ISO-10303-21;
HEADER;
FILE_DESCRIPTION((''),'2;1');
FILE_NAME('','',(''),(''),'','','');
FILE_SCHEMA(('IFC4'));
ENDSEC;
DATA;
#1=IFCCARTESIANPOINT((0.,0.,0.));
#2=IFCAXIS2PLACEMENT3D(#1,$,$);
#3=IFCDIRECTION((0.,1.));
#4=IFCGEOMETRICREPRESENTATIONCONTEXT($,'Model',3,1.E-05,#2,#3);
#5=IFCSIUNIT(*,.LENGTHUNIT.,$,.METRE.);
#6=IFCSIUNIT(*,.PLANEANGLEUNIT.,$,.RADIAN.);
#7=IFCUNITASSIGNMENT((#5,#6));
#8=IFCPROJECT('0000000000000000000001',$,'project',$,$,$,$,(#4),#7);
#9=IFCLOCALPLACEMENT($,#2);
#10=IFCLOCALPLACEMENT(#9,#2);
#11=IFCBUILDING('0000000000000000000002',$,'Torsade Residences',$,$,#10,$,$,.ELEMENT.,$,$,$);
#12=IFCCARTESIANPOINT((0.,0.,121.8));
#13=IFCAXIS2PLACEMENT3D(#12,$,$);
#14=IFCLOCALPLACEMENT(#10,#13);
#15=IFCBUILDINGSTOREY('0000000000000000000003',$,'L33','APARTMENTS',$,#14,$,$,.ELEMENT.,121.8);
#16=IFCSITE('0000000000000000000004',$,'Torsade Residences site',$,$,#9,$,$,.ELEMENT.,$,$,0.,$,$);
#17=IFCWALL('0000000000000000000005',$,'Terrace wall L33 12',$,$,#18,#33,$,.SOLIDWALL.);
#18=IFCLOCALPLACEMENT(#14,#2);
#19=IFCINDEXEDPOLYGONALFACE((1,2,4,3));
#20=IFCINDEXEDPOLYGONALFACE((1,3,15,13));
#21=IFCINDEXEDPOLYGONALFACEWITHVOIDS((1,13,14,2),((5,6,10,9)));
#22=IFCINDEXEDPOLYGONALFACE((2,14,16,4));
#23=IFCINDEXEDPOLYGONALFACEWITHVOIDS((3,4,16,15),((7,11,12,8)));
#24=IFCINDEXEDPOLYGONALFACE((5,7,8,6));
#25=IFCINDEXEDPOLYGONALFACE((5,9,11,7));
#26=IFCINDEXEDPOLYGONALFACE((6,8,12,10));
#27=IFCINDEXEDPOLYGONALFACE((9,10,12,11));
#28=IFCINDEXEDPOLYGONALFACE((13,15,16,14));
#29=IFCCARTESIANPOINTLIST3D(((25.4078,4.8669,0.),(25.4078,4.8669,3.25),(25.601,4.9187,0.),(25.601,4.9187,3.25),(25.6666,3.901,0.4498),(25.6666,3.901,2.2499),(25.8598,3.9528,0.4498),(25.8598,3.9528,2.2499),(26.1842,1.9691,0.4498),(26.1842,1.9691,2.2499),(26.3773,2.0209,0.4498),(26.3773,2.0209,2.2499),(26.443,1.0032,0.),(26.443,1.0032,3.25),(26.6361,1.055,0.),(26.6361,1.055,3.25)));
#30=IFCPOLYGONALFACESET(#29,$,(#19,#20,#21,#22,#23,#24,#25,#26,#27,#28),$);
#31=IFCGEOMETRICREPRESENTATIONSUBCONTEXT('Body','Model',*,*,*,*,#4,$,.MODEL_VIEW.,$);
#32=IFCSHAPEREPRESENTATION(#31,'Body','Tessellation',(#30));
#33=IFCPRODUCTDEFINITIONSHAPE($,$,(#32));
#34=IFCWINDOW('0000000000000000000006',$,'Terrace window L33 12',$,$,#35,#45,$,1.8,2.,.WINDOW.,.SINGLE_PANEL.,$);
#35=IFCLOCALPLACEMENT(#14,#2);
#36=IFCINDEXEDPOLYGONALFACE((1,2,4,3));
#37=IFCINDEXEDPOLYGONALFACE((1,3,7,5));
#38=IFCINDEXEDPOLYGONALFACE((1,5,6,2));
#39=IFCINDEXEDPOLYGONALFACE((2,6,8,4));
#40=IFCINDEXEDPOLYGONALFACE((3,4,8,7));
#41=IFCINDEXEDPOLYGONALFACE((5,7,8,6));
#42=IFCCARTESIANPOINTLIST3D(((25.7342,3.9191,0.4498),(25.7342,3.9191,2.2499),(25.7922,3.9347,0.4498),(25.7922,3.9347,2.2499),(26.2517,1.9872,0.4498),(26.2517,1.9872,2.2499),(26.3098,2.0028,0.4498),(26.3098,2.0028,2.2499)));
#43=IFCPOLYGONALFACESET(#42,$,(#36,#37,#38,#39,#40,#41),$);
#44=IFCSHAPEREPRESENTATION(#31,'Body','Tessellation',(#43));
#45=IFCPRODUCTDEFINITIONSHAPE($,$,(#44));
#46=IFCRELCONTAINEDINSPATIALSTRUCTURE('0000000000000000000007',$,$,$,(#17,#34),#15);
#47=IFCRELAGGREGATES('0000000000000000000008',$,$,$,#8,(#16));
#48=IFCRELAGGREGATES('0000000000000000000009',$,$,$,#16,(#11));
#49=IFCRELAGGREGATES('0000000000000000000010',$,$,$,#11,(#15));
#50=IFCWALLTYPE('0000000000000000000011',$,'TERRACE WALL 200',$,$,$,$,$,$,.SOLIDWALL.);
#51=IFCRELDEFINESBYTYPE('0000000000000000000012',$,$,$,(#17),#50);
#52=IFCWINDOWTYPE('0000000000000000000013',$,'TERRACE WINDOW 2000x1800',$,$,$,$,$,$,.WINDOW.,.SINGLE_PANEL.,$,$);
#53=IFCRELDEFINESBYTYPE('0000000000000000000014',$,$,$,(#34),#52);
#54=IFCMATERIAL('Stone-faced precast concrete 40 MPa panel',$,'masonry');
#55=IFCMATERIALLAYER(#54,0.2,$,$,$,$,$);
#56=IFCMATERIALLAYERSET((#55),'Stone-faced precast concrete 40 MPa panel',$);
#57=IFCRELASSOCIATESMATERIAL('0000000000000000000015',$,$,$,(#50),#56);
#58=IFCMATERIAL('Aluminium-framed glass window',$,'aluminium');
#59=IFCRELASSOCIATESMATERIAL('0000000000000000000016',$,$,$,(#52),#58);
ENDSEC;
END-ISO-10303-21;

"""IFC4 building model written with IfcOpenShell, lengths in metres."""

from ifc_helpers import new_model, si_unit, direction, frame, frame_2d, origin, place, context, subcontext, project, spatial, rectangle, extrude, material, layer, layer_set, type_object, element, fill, save


model = new_model("IFC4")

# Units and contexts
model_context = context("Model", 3, precision=1e-05, world=origin(), true_north=direction((0.0, 1.0)))
body_context = subcontext(model_context, "Body", "Model", "MODEL_VIEW")
ifc_project = project(units=[si_unit("LENGTHUNIT", "METRE"), si_unit("PLANEANGLEUNIT", "RADIAN")], contexts=[model_context])

# Site, building, storey
site_placement = place(None, origin())
site = spatial("IfcSite", under=ifc_project, at=site_placement, Name="Torsade Residences site", CompositionType="ELEMENT", RefElevation=0.0)
building_placement = place(site_placement, origin())
building = spatial("IfcBuilding", under=site, at=building_placement, Name="Torsade Residences", CompositionType="ELEMENT")
storey_placement = place(building_placement, frame((0.0, 0.0, 121.8)))
storey = spatial("IfcBuildingStorey", under=building, at=storey_placement, Name="L33", Description="APARTMENTS", CompositionType="ELEMENT", Elevation=121.8)

# Wall, opening, window
ifc_material_1 = material(Name="Stone-faced precast concrete 40 MPa panel", Category="masonry")
ifc_layer_1 = layer(ifc_material_1, 0.2)
ifc_layer_set_1 = layer_set([ifc_layer_1], Name="Stone-faced precast concrete 40 MPa panel")
wall_type_1 = type_object("IfcWallType", Name="TERRACE WALL 200", PredefinedType="SOLIDWALL", material=ifc_layer_set_1)
wall_1_placement = place(storey_placement, frame((25.5044, 4.8928, 0.0), z_axis=(0.0, 0.0, 1.0), x_axis=(0.258787, -0.965934, 0.0)))
wall_1 = element("IfcWall", 1, at=wall_1_placement, inside=storey, type_object=wall_type_1, Name="Terrace wall L33 12", PredefinedType="SOLIDWALL", context=body_context, shape_type="SweptSolid", body=[
    extrude(rectangle(XDim=4.0, YDim=0.2, at=frame_2d((2.0, 0.0))), origin(), (0.0, 0.0, 1.0), 3.25),
])
opening_placement = place(wall_1_placement, frame((1.0, 0.0, 0.45)))
opening = element("IfcOpeningElement", 2, at=opening_placement, cuts=wall_1, PredefinedType="OPENING", context=body_context, shape_type="SweptSolid", body=[
    extrude(rectangle(XDim=2.0, YDim=1.8, at=frame_2d((1.0, 0.8999))), frame((0.0, 0.1099, 0.0), z_axis=(0.0, -1.0, 0.0), x_axis=(1.0, 0.0, 0.0)), (0.0, 0.0, 1.0), 0.22),
])
ifc_material_2 = material(Name="Aluminium-framed glass window", Category="aluminium")
window_type = type_object("IfcWindowType", Name="TERRACE WINDOW 2000x1800", PartitioningType="SINGLE_PANEL", PredefinedType="WINDOW", material=ifc_material_2)
window_placement = place(opening_placement, origin())
window = element("IfcWindow", 3, at=window_placement, inside=storey, type_object=window_type, Name="Terrace window L33 12", OverallHeight=1.8, OverallWidth=2.0, PartitioningType="SINGLE_PANEL", PredefinedType="WINDOW", context=body_context, shape_type="SweptSolid", body=[
    extrude(rectangle(XDim=2.0, YDim=1.8, at=frame_2d((1.0, 0.8999))), frame((0.0, 0.03, 0.0), z_axis=(0.0, -1.0, 0.0), x_axis=(1.0, 0.0, 0.0)), (0.0, 0.0, 1.0), 0.0601),
])
fill(opening, window)

save(model, "model.ifc")
